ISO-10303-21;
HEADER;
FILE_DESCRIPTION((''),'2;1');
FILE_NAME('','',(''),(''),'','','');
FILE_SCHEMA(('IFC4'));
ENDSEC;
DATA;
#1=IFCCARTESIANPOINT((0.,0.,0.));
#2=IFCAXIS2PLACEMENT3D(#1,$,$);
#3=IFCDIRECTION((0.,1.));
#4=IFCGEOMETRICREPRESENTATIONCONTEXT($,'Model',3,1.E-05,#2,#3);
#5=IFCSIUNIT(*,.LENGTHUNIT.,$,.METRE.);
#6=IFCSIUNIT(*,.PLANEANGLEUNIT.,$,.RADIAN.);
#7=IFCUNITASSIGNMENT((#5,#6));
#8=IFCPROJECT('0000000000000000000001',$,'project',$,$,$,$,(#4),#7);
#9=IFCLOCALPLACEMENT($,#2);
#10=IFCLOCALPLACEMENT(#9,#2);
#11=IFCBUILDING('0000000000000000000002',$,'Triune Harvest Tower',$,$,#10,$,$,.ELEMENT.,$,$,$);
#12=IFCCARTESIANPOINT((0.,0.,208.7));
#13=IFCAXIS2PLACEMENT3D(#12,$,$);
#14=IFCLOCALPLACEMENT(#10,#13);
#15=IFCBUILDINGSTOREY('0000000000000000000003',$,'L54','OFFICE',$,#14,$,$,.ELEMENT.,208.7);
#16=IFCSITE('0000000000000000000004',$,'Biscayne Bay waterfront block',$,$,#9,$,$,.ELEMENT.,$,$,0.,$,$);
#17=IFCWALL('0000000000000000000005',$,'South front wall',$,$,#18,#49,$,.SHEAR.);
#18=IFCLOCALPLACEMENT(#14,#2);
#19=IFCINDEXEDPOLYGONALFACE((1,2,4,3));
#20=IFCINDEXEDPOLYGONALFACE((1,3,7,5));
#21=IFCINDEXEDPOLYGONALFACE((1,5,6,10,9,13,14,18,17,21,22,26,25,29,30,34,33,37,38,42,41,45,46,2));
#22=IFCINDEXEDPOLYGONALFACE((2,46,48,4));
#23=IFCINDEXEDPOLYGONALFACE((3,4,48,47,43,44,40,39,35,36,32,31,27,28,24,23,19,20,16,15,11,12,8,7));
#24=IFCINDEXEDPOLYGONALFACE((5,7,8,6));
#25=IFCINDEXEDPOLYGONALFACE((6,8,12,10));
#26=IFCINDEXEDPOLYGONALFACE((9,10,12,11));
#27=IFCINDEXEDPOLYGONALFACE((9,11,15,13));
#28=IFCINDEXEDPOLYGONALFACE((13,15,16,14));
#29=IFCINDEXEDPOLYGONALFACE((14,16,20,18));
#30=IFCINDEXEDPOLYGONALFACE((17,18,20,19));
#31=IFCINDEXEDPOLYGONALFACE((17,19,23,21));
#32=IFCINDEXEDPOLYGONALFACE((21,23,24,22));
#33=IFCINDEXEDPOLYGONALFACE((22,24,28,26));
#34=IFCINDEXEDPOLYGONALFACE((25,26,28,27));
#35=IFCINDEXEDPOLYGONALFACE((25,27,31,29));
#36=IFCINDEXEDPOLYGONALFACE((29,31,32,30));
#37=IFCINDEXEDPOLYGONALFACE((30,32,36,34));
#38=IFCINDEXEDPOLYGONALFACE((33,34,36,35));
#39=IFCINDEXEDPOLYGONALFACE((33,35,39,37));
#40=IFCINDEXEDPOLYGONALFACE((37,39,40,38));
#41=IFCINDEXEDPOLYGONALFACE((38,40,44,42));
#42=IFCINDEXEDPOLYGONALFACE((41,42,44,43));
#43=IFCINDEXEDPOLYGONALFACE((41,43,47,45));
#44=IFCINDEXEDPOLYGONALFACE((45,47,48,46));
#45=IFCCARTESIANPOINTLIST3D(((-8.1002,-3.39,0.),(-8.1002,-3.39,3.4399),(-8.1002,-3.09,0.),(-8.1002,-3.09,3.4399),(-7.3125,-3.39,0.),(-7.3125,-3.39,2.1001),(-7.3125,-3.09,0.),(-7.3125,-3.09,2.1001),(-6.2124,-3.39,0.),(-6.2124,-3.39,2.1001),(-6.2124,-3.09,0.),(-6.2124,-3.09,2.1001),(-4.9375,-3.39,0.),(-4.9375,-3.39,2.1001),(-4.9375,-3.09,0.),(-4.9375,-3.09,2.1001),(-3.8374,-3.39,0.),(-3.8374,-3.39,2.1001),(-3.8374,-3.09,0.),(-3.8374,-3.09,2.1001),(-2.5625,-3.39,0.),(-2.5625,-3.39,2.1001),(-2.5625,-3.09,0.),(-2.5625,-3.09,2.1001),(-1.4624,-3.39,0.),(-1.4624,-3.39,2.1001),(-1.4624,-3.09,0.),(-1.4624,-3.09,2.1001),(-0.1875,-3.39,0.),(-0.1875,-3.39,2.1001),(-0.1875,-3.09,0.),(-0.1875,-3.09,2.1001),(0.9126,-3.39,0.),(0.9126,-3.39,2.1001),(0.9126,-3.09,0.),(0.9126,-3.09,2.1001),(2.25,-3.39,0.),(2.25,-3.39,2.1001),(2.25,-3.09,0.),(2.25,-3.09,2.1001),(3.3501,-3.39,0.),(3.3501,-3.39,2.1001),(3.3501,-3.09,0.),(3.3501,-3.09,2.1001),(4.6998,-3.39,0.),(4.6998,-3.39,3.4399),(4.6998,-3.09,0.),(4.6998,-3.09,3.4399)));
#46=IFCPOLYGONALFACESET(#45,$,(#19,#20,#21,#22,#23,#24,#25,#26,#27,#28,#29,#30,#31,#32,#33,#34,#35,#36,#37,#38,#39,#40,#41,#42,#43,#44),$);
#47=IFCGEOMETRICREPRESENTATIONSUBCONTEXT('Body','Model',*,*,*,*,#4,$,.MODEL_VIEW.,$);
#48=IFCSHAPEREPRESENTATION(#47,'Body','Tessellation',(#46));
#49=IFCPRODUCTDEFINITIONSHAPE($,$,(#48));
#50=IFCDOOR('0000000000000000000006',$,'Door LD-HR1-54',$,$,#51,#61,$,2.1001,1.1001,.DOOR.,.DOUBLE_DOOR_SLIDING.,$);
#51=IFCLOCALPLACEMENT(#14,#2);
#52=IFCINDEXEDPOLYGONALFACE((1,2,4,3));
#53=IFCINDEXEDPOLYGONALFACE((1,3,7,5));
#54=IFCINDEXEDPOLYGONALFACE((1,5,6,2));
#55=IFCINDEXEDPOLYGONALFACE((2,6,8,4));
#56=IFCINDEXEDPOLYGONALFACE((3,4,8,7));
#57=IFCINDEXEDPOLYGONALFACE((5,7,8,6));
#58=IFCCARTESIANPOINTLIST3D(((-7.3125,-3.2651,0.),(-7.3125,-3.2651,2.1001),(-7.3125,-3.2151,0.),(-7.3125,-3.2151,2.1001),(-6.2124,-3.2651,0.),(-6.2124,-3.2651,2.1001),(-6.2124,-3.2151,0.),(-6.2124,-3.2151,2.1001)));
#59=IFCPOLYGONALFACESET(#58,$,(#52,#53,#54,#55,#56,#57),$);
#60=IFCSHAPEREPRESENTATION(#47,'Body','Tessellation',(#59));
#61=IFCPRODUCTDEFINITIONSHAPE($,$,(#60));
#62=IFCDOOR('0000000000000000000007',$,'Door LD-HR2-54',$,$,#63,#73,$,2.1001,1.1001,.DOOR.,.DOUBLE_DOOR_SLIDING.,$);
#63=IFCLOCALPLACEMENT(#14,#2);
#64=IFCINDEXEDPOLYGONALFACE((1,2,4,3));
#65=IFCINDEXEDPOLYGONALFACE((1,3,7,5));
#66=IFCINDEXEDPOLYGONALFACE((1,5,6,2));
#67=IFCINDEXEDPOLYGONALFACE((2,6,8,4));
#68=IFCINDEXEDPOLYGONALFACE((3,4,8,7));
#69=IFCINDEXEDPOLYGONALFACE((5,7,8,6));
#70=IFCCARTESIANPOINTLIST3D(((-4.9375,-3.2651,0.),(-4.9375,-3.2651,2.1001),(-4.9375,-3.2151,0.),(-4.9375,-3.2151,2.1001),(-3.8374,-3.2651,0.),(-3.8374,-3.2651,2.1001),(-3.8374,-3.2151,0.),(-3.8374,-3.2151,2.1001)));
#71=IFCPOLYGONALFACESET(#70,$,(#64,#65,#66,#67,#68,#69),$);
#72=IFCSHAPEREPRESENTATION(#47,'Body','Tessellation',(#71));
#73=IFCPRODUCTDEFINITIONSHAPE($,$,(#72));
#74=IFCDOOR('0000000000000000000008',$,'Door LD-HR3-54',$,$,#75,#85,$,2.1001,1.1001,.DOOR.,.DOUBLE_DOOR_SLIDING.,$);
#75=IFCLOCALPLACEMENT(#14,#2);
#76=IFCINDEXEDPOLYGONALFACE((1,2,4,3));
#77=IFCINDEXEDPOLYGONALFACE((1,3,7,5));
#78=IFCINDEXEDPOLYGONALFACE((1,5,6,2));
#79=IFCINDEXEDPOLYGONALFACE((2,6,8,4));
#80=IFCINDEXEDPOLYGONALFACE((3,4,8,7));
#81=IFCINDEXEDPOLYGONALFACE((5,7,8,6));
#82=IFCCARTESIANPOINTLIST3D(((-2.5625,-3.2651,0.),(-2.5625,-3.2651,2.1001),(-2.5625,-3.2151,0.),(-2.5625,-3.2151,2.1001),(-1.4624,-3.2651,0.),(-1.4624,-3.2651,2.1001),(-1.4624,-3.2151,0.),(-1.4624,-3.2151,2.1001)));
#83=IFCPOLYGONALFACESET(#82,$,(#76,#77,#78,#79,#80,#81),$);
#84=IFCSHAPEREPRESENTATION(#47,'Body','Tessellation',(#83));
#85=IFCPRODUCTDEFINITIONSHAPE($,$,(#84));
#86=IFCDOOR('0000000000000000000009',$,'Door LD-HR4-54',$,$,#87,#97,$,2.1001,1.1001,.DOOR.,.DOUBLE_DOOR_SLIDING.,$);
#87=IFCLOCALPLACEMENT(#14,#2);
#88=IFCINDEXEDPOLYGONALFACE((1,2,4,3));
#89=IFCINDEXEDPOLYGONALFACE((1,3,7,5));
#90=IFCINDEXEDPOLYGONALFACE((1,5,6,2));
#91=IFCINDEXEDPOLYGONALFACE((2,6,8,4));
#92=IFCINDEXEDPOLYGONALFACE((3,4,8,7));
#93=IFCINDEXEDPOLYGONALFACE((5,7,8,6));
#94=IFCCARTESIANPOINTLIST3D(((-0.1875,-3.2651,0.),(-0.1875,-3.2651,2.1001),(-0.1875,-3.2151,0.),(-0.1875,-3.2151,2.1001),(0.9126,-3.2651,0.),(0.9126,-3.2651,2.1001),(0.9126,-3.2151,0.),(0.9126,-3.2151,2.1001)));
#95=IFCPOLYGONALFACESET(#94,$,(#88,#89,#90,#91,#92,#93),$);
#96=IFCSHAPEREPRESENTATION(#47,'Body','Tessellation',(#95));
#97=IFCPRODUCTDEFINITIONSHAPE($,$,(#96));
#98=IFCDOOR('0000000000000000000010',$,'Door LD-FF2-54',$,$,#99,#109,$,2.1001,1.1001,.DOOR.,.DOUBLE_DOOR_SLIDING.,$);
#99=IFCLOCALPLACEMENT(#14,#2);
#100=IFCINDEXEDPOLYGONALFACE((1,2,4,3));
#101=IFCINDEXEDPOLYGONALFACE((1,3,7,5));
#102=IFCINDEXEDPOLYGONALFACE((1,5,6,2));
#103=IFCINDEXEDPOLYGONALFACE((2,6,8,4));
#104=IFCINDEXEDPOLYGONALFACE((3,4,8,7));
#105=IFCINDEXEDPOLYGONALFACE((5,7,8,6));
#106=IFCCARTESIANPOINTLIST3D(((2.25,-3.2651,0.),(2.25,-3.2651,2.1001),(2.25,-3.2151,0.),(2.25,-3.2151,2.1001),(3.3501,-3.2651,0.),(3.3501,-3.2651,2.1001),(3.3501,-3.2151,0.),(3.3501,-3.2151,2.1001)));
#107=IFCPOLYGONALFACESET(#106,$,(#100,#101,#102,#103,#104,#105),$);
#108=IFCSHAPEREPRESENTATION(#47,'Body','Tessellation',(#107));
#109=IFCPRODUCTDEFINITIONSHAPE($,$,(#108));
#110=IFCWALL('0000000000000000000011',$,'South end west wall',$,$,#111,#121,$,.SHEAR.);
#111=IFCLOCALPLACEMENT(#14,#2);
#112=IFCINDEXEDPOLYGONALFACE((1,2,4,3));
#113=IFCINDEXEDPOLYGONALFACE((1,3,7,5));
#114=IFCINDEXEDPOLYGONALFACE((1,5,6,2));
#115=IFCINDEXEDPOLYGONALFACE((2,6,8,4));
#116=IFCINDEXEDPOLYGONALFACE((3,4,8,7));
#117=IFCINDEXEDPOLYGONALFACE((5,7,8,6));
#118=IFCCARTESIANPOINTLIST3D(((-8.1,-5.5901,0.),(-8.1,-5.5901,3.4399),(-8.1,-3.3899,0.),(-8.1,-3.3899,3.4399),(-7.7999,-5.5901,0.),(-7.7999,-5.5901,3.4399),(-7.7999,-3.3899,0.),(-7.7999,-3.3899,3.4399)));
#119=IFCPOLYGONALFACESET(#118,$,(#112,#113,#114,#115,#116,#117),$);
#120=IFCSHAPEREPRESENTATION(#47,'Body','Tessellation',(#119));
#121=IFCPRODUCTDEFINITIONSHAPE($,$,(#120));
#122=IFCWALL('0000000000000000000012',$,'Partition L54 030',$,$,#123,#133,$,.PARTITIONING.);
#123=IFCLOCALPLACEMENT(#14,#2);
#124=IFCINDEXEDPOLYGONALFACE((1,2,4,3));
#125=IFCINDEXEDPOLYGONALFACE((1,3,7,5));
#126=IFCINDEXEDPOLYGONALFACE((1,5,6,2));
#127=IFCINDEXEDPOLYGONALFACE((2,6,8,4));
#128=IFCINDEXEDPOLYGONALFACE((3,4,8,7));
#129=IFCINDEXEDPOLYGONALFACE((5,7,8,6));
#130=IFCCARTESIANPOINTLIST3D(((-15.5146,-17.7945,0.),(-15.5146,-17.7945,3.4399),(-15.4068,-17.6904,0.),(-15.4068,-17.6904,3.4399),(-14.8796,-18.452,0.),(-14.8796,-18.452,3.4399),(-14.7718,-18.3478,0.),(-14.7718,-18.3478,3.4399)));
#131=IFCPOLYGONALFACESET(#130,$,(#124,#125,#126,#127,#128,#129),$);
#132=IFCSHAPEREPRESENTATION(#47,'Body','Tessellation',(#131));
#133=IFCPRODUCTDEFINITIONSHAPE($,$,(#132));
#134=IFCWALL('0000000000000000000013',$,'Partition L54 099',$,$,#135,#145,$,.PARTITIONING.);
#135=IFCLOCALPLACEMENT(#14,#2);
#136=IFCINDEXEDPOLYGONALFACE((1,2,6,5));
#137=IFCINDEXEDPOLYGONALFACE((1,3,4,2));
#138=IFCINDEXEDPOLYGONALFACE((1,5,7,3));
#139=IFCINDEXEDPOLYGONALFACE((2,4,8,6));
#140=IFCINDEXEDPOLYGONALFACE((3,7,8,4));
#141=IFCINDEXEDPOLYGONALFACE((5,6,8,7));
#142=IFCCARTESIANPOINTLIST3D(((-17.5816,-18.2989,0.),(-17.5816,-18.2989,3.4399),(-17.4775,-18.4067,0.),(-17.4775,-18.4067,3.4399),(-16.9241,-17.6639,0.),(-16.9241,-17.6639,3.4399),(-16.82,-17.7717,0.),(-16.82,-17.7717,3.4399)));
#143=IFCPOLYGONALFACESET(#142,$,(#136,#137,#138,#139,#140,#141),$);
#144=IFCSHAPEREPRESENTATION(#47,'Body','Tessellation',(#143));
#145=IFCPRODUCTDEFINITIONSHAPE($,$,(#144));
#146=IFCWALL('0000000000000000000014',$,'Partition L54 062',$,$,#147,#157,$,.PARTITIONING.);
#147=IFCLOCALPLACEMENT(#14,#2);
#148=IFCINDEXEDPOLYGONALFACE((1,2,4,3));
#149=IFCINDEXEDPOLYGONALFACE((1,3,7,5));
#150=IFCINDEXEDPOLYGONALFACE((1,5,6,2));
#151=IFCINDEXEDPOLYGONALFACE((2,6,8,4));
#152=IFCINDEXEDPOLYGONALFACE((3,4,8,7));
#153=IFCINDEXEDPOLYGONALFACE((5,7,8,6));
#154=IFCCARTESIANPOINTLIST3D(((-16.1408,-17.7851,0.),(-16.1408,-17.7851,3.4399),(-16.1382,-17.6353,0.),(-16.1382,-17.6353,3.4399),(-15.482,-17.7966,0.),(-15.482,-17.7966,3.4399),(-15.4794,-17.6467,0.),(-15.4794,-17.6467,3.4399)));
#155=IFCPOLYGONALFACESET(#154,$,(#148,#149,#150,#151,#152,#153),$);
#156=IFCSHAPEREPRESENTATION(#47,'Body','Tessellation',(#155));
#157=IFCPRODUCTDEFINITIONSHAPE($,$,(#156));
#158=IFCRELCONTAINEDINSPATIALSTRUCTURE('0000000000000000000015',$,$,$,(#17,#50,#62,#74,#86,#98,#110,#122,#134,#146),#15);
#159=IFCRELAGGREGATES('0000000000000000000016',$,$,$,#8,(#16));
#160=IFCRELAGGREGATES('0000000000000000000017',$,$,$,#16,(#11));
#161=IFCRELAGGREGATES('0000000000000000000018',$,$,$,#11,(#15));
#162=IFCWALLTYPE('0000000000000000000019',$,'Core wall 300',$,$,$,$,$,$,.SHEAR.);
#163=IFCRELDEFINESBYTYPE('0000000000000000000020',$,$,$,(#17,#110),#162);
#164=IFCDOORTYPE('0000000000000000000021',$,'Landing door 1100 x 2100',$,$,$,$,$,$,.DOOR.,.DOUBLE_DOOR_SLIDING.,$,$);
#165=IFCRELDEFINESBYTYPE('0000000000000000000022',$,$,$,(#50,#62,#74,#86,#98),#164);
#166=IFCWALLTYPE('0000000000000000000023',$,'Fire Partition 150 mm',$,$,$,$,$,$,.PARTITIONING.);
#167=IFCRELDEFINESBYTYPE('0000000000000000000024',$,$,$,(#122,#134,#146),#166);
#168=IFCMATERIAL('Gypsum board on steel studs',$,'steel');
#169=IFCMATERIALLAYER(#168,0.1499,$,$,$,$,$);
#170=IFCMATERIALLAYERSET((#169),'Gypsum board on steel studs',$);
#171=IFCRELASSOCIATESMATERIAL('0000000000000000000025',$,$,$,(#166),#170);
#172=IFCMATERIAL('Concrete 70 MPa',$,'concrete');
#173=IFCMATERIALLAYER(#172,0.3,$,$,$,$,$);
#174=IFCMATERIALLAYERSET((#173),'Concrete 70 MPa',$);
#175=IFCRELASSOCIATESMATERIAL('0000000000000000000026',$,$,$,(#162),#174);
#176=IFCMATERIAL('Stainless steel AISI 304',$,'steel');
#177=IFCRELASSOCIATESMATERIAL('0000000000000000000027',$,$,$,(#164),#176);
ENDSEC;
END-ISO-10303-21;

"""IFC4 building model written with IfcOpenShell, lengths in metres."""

from ifc_helpers import new_model, si_unit, direction, frame, frame_2d, origin, place, context, subcontext, project, spatial, rectangle, extrude, source, transform, mapped, material, layer, layer_set, type_object, element, fill, save


model = new_model("IFC4")

# Units and contexts
model_context = context("Model", 3, precision=1e-05, world=origin(), true_north=direction((0.0, 1.0)))
body_context = subcontext(model_context, "Body", "Model", "MODEL_VIEW")
ifc_project = project(units=[si_unit("LENGTHUNIT", "METRE"), si_unit("PLANEANGLEUNIT", "RADIAN")], contexts=[model_context])

# Site, building, storey
site_placement = place(None, origin())
site = spatial("IfcSite", under=ifc_project, at=site_placement, Name="Biscayne Bay waterfront block", CompositionType="ELEMENT", RefElevation=0.0)
building_placement = place(site_placement, origin())
building = spatial("IfcBuilding", under=site, at=building_placement, Name="Triune Harvest Tower", CompositionType="ELEMENT")
storey_placement = place(building_placement, frame((0.0, 0.0, 208.7)))
storey = spatial("IfcBuildingStorey", under=building, at=storey_placement, Name="L54", Description="OFFICE", CompositionType="ELEMENT", Elevation=208.7)

# Shared definitions
ifc_material_1 = material(Name="Gypsum board on steel studs", Category="steel")
ifc_layer_1 = layer(ifc_material_1, 0.1499)
ifc_layer_set_1 = layer_set([ifc_layer_1], Name="Gypsum board on steel studs")
wall_type_1 = type_object("IfcWallType", Name="Fire Partition 150 mm", PredefinedType="PARTITIONING", material=ifc_layer_set_1)

# Wall, openings, doors
ifc_material_2 = material(Name="Concrete 70 MPa", Category="concrete")
ifc_layer_2 = layer(ifc_material_2, 0.3)
ifc_layer_set_2 = layer_set([ifc_layer_2], Name="Concrete 70 MPa")
wall_type_2 = type_object("IfcWallType", Name="Core wall 300", PredefinedType="SHEAR", material=ifc_layer_set_2)
shared_shape_1 = source(origin(), body_context, "Body", "SweptSolid", [
    extrude(rectangle(XDim=12.8, YDim=0.3, at=frame_2d((6.3999, 0.0))), origin(), (0.0, 0.0, 1.0), 3.4399),
])
wall_1_placement = place(storey_placement, frame((-8.1001, -3.24, 0.0), z_axis=(0.0, 0.0, 1.0), x_axis=(1.0, 0.0, 0.0)))
wall_1 = element("IfcWall", 1, at=wall_1_placement, inside=storey, type_object=wall_type_2, Name="South front wall", PredefinedType="SHEAR", context=body_context, shape_type="MappedRepresentation", body=[
    mapped(shared_shape_1, transform((0.0, 0.0, 0.0), scale=1.0)),
])
opening_1_placement = place(wall_1_placement, frame((0.7876, 0.0, 0.0)))
opening_1 = element("IfcOpeningElement", 2, at=opening_1_placement, cuts=wall_1, PredefinedType="OPENING", context=body_context, shape_type="SweptSolid", body=[
    extrude(rectangle(XDim=1.1001, YDim=2.1001, at=frame_2d((0.55, 1.05))), frame((0.0, 0.1602, 0.0), z_axis=(0.0, -1.0, 0.0), x_axis=(1.0, 0.0, 0.0)), (0.0, 0.0, 1.0), 0.3201),
])
opening_2_placement = place(wall_1_placement, frame((3.1626, 0.0, 0.0)))
opening_2 = element("IfcOpeningElement", 3, at=opening_2_placement, cuts=wall_1, PredefinedType="OPENING", context=body_context, shape_type="SweptSolid", body=[
    extrude(rectangle(XDim=1.1001, YDim=2.1001, at=frame_2d((0.55, 1.05))), frame((0.0, 0.1602, 0.0), z_axis=(0.0, -1.0, 0.0), x_axis=(1.0, 0.0, 0.0)), (0.0, 0.0, 1.0), 0.3201),
])
opening_3_placement = place(wall_1_placement, frame((5.5376, 0.0, 0.0)))
opening_3 = element("IfcOpeningElement", 4, at=opening_3_placement, cuts=wall_1, PredefinedType="OPENING", context=body_context, shape_type="SweptSolid", body=[
    extrude(rectangle(XDim=1.1001, YDim=2.1001, at=frame_2d((0.55, 1.05))), frame((0.0, 0.1602, 0.0), z_axis=(0.0, -1.0, 0.0), x_axis=(1.0, 0.0, 0.0)), (0.0, 0.0, 1.0), 0.3201),
])
opening_4_placement = place(wall_1_placement, frame((7.9126, 0.0, 0.0)))
opening_4 = element("IfcOpeningElement", 5, at=opening_4_placement, cuts=wall_1, PredefinedType="OPENING", context=body_context, shape_type="SweptSolid", body=[
    extrude(rectangle(XDim=1.1001, YDim=2.1001, at=frame_2d((0.55, 1.05))), frame((0.0, 0.1602, 0.0), z_axis=(0.0, -1.0, 0.0), x_axis=(1.0, 0.0, 0.0)), (0.0, 0.0, 1.0), 0.3201),
])
opening_5_placement = place(wall_1_placement, frame((10.3501, 0.0, 0.0)))
opening_5 = element("IfcOpeningElement", 6, at=opening_5_placement, cuts=wall_1, PredefinedType="OPENING", context=body_context, shape_type="SweptSolid", body=[
    extrude(rectangle(XDim=1.1001, YDim=2.1001, at=frame_2d((0.55, 1.05))), frame((0.0, 0.1602, 0.0), z_axis=(0.0, -1.0, 0.0), x_axis=(1.0, 0.0, 0.0)), (0.0, 0.0, 1.0), 0.3201),
])
ifc_material_3 = material(Name="Stainless steel AISI 304", Category="steel")
door_type_1 = type_object("IfcDoorType", Name="Landing door 1100 x 2100", OperationType="DOUBLE_DOOR_SLIDING", PredefinedType="DOOR", material=ifc_material_3)
door_1_placement = place(opening_1_placement, origin())
door_1 = element("IfcDoor", 7, at=door_1_placement, inside=storey, type_object=door_type_1, Name="Door LD-HR1-54", OperationType="DOUBLE_DOOR_SLIDING", OverallHeight=2.1001, OverallWidth=1.1001, PredefinedType="DOOR", context=body_context, shape_type="SweptSolid", body=[
    extrude(rectangle(XDim=1.1001, YDim=2.1001, at=frame_2d((0.55, 1.05))), frame((0.0, 0.0249, 0.0), z_axis=(0.0, -1.0, 0.0), x_axis=(1.0, 0.0, 0.0)), (0.0, 0.0, 1.0), 0.05),
])
fill(opening_1, door_1)
door_2_placement = place(opening_2_placement, origin())
door_2 = element("IfcDoor", 8, at=door_2_placement, inside=storey, type_object=door_type_1, Name="Door LD-HR2-54", OperationType="DOUBLE_DOOR_SLIDING", OverallHeight=2.1001, OverallWidth=1.1001, PredefinedType="DOOR", context=body_context, shape_type="SweptSolid", body=[
    extrude(rectangle(XDim=1.1001, YDim=2.1001, at=frame_2d((0.55, 1.05))), frame((0.0, 0.0249, 0.0), z_axis=(0.0, -1.0, 0.0), x_axis=(1.0, 0.0, 0.0)), (0.0, 0.0, 1.0), 0.05),
])
fill(opening_2, door_2)
door_3_placement = place(opening_3_placement, origin())
door_3 = element("IfcDoor", 9, at=door_3_placement, inside=storey, type_object=door_type_1, Name="Door LD-HR3-54", OperationType="DOUBLE_DOOR_SLIDING", OverallHeight=2.1001, OverallWidth=1.1001, PredefinedType="DOOR", context=body_context, shape_type="SweptSolid", body=[
    extrude(rectangle(XDim=1.1001, YDim=2.1001, at=frame_2d((0.55, 1.05))), frame((0.0, 0.0249, 0.0), z_axis=(0.0, -1.0, 0.0), x_axis=(1.0, 0.0, 0.0)), (0.0, 0.0, 1.0), 0.05),
])
fill(opening_3, door_3)
door_4_placement = place(opening_4_placement, origin())
door_4 = element("IfcDoor", 10, at=door_4_placement, inside=storey, type_object=door_type_1, Name="Door LD-HR4-54", OperationType="DOUBLE_DOOR_SLIDING", OverallHeight=2.1001, OverallWidth=1.1001, PredefinedType="DOOR", context=body_context, shape_type="SweptSolid", body=[
    extrude(rectangle(XDim=1.1001, YDim=2.1001, at=frame_2d((0.55, 1.05))), frame((0.0, 0.0249, 0.0), z_axis=(0.0, -1.0, 0.0), x_axis=(1.0, 0.0, 0.0)), (0.0, 0.0, 1.0), 0.05),
])
fill(opening_4, door_4)
door_5_placement = place(opening_5_placement, origin())
door_5 = element("IfcDoor", 11, at=door_5_placement, inside=storey, type_object=door_type_1, Name="Door LD-FF2-54", OperationType="DOUBLE_DOOR_SLIDING", OverallHeight=2.1001, OverallWidth=1.1001, PredefinedType="DOOR", context=body_context, shape_type="SweptSolid", body=[
    extrude(rectangle(XDim=1.1001, YDim=2.1001, at=frame_2d((0.55, 1.05))), frame((0.0, 0.0249, 0.0), z_axis=(0.0, -1.0, 0.0), x_axis=(1.0, 0.0, 0.0)), (0.0, 0.0, 1.0), 0.05),
])
fill(opening_5, door_5)

# Walls
shared_shape_2 = source(origin(), body_context, "Body", "SweptSolid", [
    extrude(rectangle(XDim=2.2002, YDim=0.3, at=frame_2d((1.1001, 0.0))), origin(), (0.0, 0.0, 1.0), 3.4399),
])
wall_2_placement = place(storey_placement, frame((-7.95, -5.5901, 0.0), z_axis=(0.0, 0.0, 1.0), x_axis=(0.0, 1.0, 0.0)))
element("IfcWall", 12, at=wall_2_placement, inside=storey, type_object=wall_type_2, Name="South end west wall", PredefinedType="SHEAR", context=body_context, shape_type="MappedRepresentation", body=[
    mapped(shared_shape_2, transform((0.0, 0.0, 0.0), scale=1.0)),
])
shared_shape_3 = source(origin(), body_context, "Body", "SweptSolid", [
    extrude(rectangle(XDim=0.9141, YDim=0.1499, at=frame_2d((0.457, 0.0))), origin(), (0.0, 0.0, 1.0), 3.4399),
])
for number, where, z_axis, x_axis, name in (
    (13, (-15.4607, -17.7424, 0.0), (0.0, 0.0, 1.0), (0.694714, -0.719286, 0.0), "Partition L54 030"),
    (14, (-17.5295, -18.3528, 0.0), (0.0, 0.0, 1.0), (0.719286, 0.694714, 0.0), "Partition L54 099"),
):
    element("IfcWall", number, at=place(storey_placement, frame(where, z_axis=z_axis, x_axis=x_axis)), inside=storey, type_object=wall_type_1, Name=name, PredefinedType="PARTITIONING", context=body_context, shape_type="MappedRepresentation", body=[
        mapped(shared_shape_3, transform((0.0, 0.0, 0.0), scale=1.0)),
    ])
shared_shape_4 = source(origin(), body_context, "Body", "SweptSolid", [
    extrude(rectangle(XDim=0.6589, YDim=0.1499, at=frame_2d((0.3296, 0.0))), origin(), (0.0, 0.0, 1.0), 3.4399),
])
wall_3_placement = place(storey_placement, frame((-16.1396, -17.7102, 0.0), z_axis=(0.0, 0.0, 1.0), x_axis=(0.999848, -0.017411, 0.0)))
element("IfcWall", 15, at=wall_3_placement, inside=storey, type_object=wall_type_1, Name="Partition L54 062", PredefinedType="PARTITIONING", context=body_context, shape_type="MappedRepresentation", body=[
    mapped(shared_shape_4, transform((0.0, 0.0, 0.0), scale=1.0)),
])

save(model, "model.ifc")
